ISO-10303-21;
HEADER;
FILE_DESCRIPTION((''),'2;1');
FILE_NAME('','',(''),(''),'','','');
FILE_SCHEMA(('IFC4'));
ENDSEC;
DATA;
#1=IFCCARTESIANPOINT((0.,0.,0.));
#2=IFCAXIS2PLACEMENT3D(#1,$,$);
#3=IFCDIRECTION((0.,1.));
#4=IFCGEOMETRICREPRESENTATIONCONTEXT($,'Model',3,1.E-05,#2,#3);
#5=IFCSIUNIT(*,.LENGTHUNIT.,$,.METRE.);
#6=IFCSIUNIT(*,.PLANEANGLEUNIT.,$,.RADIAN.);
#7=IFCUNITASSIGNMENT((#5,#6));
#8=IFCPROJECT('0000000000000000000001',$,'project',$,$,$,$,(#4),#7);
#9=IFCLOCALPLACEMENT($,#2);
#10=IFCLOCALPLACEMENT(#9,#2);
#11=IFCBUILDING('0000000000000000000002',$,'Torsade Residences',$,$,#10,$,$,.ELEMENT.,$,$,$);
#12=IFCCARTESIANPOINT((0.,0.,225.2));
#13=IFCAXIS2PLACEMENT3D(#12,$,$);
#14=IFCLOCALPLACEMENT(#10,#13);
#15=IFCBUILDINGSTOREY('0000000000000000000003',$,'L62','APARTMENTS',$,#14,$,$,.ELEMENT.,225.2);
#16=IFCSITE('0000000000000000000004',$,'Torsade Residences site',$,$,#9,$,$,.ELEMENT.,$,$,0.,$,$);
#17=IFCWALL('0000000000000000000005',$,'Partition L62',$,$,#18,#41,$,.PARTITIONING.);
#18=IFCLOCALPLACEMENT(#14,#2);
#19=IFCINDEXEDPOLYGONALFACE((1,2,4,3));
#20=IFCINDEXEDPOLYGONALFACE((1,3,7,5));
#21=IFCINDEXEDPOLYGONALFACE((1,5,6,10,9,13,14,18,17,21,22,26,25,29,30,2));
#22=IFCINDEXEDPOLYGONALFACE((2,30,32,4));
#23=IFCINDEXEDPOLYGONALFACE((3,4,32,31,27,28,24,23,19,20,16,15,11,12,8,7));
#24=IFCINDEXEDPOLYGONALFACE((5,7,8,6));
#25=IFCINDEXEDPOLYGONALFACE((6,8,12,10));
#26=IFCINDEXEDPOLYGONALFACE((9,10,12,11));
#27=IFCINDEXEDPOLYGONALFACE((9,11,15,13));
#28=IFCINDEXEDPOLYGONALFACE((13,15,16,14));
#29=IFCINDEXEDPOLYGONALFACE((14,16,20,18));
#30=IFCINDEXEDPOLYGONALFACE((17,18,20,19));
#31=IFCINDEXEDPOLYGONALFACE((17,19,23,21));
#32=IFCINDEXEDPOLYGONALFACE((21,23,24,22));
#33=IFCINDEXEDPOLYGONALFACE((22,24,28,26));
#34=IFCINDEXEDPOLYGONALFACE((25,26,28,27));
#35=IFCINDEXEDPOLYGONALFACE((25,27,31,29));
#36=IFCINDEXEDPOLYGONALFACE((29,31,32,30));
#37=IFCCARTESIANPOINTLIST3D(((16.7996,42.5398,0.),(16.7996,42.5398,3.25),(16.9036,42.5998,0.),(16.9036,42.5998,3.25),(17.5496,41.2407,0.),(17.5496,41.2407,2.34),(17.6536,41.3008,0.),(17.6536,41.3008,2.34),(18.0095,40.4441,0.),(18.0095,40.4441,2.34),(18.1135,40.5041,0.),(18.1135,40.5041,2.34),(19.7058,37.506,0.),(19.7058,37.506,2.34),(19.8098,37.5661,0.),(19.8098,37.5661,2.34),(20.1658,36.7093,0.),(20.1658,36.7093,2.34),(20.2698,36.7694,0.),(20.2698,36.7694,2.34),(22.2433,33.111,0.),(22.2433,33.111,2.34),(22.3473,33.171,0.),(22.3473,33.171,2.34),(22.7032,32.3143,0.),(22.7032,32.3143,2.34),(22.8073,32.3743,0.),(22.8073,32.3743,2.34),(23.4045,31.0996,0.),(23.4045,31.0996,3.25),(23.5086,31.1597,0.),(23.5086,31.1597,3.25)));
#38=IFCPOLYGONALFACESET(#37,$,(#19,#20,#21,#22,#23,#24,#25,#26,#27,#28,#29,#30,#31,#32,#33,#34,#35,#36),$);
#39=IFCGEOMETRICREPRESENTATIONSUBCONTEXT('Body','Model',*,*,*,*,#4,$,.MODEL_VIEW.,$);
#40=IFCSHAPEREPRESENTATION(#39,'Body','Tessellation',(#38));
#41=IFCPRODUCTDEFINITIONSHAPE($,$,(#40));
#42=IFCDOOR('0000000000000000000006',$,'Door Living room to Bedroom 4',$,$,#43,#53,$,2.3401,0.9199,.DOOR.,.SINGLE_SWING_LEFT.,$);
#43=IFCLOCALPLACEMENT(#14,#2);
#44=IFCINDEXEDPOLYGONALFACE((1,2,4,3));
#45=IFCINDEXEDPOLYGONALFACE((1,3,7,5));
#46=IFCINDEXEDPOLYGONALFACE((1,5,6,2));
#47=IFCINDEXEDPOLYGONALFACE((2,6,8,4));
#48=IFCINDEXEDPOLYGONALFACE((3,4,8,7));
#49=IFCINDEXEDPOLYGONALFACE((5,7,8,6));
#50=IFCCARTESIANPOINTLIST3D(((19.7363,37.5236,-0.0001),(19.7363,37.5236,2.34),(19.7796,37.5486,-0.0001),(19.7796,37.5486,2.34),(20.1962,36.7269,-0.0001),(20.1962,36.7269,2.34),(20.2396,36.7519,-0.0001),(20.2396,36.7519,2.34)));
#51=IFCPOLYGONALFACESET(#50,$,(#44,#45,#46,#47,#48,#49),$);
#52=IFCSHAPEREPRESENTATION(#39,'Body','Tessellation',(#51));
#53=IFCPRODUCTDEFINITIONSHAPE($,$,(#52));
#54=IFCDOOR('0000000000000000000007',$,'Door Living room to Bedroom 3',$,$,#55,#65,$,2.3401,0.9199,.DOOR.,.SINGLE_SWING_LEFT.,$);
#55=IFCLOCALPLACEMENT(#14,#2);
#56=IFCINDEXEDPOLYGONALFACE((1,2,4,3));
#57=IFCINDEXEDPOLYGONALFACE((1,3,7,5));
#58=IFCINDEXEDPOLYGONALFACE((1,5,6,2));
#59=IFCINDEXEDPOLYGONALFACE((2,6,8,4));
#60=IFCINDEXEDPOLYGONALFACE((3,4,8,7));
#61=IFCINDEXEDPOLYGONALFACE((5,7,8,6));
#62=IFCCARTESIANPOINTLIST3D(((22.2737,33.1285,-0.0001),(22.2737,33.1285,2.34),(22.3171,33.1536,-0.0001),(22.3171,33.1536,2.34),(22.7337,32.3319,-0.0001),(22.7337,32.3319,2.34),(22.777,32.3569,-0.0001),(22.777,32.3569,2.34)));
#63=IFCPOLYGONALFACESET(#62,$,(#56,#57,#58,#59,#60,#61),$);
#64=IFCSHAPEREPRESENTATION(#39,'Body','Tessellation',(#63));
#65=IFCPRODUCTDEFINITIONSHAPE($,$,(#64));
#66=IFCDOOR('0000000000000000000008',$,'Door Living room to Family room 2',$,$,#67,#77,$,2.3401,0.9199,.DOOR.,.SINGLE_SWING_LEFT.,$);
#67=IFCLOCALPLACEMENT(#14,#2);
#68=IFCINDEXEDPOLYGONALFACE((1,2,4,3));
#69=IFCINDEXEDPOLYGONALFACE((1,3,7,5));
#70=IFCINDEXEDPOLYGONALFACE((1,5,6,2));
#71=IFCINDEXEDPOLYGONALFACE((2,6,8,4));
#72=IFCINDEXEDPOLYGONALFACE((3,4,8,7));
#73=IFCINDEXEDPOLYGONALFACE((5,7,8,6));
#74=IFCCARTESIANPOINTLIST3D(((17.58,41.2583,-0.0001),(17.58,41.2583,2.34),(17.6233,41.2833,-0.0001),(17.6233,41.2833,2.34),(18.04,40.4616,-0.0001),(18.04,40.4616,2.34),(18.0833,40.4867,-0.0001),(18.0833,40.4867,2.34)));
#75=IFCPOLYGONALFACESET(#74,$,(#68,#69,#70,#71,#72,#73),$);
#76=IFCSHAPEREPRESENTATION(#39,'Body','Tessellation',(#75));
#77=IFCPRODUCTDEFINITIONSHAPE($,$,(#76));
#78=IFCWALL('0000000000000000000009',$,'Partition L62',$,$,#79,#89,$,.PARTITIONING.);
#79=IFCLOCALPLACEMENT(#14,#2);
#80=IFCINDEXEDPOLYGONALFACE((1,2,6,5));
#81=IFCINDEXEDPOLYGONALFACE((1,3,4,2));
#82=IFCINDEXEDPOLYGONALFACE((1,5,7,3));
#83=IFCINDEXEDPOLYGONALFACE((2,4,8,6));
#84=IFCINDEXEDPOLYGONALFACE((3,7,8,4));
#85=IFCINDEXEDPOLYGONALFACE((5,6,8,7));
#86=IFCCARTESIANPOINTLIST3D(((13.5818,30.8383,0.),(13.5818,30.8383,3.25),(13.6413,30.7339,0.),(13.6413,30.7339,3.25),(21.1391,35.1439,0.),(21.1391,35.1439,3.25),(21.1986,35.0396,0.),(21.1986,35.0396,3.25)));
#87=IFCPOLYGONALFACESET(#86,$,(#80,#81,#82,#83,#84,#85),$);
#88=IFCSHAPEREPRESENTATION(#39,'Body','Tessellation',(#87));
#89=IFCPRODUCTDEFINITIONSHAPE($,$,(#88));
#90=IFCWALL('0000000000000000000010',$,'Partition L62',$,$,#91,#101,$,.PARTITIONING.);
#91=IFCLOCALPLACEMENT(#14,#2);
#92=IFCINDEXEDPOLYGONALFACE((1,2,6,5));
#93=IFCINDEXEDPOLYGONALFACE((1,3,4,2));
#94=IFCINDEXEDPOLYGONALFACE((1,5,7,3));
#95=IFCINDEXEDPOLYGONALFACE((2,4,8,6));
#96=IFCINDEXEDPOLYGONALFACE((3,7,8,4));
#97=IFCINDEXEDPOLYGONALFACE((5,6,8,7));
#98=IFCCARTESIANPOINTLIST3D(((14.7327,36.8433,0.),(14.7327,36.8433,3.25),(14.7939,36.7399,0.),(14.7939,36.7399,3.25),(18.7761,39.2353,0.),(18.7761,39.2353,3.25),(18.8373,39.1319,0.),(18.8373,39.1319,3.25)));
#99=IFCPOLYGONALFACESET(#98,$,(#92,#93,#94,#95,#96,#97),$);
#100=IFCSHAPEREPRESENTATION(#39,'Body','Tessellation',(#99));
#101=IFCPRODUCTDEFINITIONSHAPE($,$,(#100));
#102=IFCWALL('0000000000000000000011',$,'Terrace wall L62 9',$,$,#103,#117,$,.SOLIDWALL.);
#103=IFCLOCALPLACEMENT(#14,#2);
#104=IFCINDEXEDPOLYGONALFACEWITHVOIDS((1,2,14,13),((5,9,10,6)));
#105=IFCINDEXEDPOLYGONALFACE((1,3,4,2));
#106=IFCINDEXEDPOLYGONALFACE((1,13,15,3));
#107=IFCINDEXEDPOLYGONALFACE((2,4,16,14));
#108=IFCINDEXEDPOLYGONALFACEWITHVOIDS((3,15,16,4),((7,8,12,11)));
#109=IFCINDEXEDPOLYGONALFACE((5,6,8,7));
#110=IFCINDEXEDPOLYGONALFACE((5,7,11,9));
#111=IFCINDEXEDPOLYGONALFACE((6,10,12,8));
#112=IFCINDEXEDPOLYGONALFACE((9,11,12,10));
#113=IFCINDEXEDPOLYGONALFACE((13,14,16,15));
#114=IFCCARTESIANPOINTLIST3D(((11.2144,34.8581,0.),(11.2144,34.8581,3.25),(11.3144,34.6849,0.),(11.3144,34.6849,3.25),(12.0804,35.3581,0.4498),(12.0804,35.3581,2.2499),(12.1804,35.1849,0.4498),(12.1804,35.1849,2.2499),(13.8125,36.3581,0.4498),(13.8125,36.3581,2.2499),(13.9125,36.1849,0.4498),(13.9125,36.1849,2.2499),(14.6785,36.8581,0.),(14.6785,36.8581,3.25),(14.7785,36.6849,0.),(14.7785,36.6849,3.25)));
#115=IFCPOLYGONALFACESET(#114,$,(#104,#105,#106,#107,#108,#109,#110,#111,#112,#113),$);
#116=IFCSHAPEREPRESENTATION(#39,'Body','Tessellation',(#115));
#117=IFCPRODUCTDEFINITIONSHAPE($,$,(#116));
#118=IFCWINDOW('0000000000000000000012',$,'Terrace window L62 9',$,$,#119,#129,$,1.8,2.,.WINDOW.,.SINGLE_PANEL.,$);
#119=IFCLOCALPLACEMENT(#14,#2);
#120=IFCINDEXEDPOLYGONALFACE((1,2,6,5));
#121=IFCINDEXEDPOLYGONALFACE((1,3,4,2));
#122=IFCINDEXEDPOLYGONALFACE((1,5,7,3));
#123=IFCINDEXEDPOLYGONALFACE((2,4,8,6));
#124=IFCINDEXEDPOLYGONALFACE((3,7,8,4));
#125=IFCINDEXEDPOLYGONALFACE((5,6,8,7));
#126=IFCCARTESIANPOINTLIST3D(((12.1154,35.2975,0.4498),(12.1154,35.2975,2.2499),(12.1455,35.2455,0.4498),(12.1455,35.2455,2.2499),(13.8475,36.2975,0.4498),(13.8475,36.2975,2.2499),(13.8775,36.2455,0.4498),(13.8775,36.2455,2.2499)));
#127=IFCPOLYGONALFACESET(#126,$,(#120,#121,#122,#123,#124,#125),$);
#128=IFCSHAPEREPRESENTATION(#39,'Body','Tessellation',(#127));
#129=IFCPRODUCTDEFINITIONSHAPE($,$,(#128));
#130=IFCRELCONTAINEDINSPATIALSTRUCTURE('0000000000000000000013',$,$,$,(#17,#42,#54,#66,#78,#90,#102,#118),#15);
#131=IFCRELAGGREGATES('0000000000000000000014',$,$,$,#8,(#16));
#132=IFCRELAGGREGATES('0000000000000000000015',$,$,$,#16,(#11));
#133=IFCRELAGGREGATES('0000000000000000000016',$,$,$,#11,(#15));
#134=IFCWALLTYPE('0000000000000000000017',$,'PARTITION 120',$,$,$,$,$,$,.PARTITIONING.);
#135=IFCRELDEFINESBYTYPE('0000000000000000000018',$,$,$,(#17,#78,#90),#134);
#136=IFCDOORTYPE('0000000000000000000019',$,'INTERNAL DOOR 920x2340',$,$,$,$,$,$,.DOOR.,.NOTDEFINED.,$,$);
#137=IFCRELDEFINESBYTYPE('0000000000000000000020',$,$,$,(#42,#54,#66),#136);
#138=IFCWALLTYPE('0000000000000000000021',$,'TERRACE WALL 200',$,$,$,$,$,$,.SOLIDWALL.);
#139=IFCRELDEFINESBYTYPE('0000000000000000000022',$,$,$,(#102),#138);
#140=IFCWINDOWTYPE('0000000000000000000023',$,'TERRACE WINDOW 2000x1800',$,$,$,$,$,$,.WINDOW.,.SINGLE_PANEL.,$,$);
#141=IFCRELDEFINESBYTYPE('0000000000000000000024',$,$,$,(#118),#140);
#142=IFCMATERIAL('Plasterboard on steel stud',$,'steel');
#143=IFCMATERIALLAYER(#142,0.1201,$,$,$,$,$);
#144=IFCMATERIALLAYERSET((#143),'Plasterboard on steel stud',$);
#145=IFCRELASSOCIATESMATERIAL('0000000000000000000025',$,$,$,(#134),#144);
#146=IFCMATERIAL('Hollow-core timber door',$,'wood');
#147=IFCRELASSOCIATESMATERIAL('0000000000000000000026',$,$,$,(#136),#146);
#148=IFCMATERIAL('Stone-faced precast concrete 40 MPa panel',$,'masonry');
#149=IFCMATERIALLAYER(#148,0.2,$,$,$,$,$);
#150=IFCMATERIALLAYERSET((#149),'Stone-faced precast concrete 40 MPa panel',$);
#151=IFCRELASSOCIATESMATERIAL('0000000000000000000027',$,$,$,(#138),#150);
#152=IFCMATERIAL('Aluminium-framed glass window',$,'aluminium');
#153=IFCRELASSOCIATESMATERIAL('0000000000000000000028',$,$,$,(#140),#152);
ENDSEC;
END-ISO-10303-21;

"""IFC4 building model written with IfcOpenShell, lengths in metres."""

from ifc_helpers import new_model, si_unit, direction, frame, frame_2d, origin, place, context, subcontext, project, spatial, rectangle, extrude, material, layer, layer_set, type_object, element, fill, save


model = new_model("IFC4")

# Units and contexts
model_context = context("Model", 3, precision=1e-05, world=origin(), true_north=direction((0.0, 1.0)))
body_context = subcontext(model_context, "Body", "Model", "MODEL_VIEW")
ifc_project = project(units=[si_unit("LENGTHUNIT", "METRE"), si_unit("PLANEANGLEUNIT", "RADIAN")], contexts=[model_context])

# Site, building, storey
site_placement = place(None, origin())
site = spatial("IfcSite", under=ifc_project, at=site_placement, Name="Torsade Residences site", CompositionType="ELEMENT", RefElevation=0.0)
building_placement = place(site_placement, origin())
building = spatial("IfcBuilding", under=site, at=building_placement, Name="Torsade Residences", CompositionType="ELEMENT")
storey_placement = place(building_placement, frame((0.0, 0.0, 225.2)))
storey = spatial("IfcBuildingStorey", under=building, at=storey_placement, Name="L62", Description="APARTMENTS", CompositionType="ELEMENT", Elevation=225.2)

# Shared definitions
ifc_material_1 = material(Name="Plasterboard on steel stud", Category="steel")
ifc_layer_1 = layer(ifc_material_1, 0.1201)
ifc_layer_set_1 = layer_set([ifc_layer_1], Name="Plasterboard on steel stud")
wall_type_1 = type_object("IfcWallType", Name="PARTITION 120", PredefinedType="PARTITIONING", material=ifc_layer_set_1)
ifc_material_2 = material(Name="Hollow-core timber door", Category="wood")
door_type = type_object("IfcDoorType", Name="INTERNAL DOOR 920x2340", OperationType="NOTDEFINED", PredefinedType="DOOR", material=ifc_material_2)

# Wall, openings, doors
wall_1_placement = place(storey_placement, frame((23.4565, 31.1296, 0.0), z_axis=(0.0, 0.0, 1.0), x_axis=(-0.499999, 0.866026, 0.0)))
wall_1 = element("IfcWall", 1, at=wall_1_placement, inside=storey, type_object=wall_type_1, Name="Partition L62", PredefinedType="PARTITIONING", context=body_context, shape_type="SweptSolid", body=[
    extrude(rectangle(XDim=13.21, YDim=0.1201, at=frame_2d((6.605, 0.0))), origin(), (0.0, 0.0, 1.0), 3.25),
])
opening_1_placement = place(wall_1_placement, frame((6.4775, 0.0, 0.0)))
opening_1 = element("IfcOpeningElement", 2, at=opening_1_placement, cuts=wall_1, PredefinedType="OPENING", context=body_context, shape_type="SweptSolid", body=[
    extrude(rectangle(XDim=0.9199, YDim=2.3401, at=frame_2d((0.46, 1.1699))), frame((0.0, 0.0701, 0.0), z_axis=(0.0, -1.0, 0.0), x_axis=(1.0, 0.0, 0.0)), (0.0, 0.0, 1.0), 0.1401),
])
opening_2_placement = place(wall_1_placement, frame((1.4026, 0.0, 0.0)))
opening_2 = element("IfcOpeningElement", 3, at=opening_2_placement, cuts=wall_1, PredefinedType="OPENING", context=body_context, shape_type="SweptSolid", body=[
    extrude(rectangle(XDim=0.9199, YDim=2.3401, at=frame_2d((0.46, 1.1699))), frame((0.0, 0.0701, 0.0), z_axis=(0.0, -1.0, 0.0), x_axis=(1.0, 0.0, 0.0)), (0.0, 0.0, 1.0), 0.1401),
])
opening_3_placement = place(wall_1_placement, frame((10.79, 0.0, 0.0)))
opening_3 = element("IfcOpeningElement", 4, at=opening_3_placement, cuts=wall_1, PredefinedType="OPENING", context=body_context, shape_type="SweptSolid", body=[
    extrude(rectangle(XDim=0.9199, YDim=2.3401, at=frame_2d((0.46, 1.1699))), frame((0.0, 0.0701, 0.0), z_axis=(0.0, -1.0, 0.0), x_axis=(1.0, 0.0, 0.0)), (0.0, 0.0, 1.0), 0.1401),
])
door_1_placement = place(opening_1_placement, origin())
door_1 = element("IfcDoor", 5, at=door_1_placement, inside=storey, type_object=door_type, Name="Door Living room to Bedroom 4", OperationType="SINGLE_SWING_LEFT", OverallHeight=2.3401, OverallWidth=0.9199, PredefinedType="DOOR", context=body_context, shape_type="SweptSolid", body=[
    extrude(rectangle(XDim=0.9199, YDim=2.3401, at=frame_2d((0.46, 1.1699))), frame((0.0, 0.0249, 0.0), z_axis=(0.0, -1.0, 0.0), x_axis=(1.0, 0.0, 0.0)), (0.0, 0.0, 1.0), 0.05),
])
fill(opening_1, door_1)
door_2_placement = place(opening_2_placement, origin())
door_2 = element("IfcDoor", 6, at=door_2_placement, inside=storey, type_object=door_type, Name="Door Living room to Bedroom 3", OperationType="SINGLE_SWING_LEFT", OverallHeight=2.3401, OverallWidth=0.9199, PredefinedType="DOOR", context=body_context, shape_type="SweptSolid", body=[
    extrude(rectangle(XDim=0.9199, YDim=2.3401, at=frame_2d((0.46, 1.1699))), frame((0.0, 0.0249, 0.0), z_axis=(0.0, -1.0, 0.0), x_axis=(1.0, 0.0, 0.0)), (0.0, 0.0, 1.0), 0.05),
])
fill(opening_2, door_2)
door_3_placement = place(opening_3_placement, origin())
door_3 = element("IfcDoor", 7, at=door_3_placement, inside=storey, type_object=door_type, Name="Door Living room to Family room 2", OperationType="SINGLE_SWING_LEFT", OverallHeight=2.3401, OverallWidth=0.9199, PredefinedType="DOOR", context=body_context, shape_type="SweptSolid", body=[
    extrude(rectangle(XDim=0.9199, YDim=2.3401, at=frame_2d((0.46, 1.1699))), frame((0.0, 0.0249, 0.0), z_axis=(0.0, -1.0, 0.0), x_axis=(1.0, 0.0, 0.0)), (0.0, 0.0, 1.0), 0.05),
])
fill(opening_3, door_3)

# Walls
wall_2_placement = place(storey_placement, frame((13.6116, 30.7861, 0.0), z_axis=(0.0, 0.0, 1.0), x_axis=(0.868878, 0.495026, 0.0)))
element("IfcWall", 8, at=wall_2_placement, inside=storey, type_object=wall_type_1, Name="Partition L62", PredefinedType="PARTITIONING", context=body_context, shape_type="SweptSolid", body=[
    extrude(rectangle(XDim=8.6978, YDim=0.1201, at=frame_2d((4.3489, 0.0))), origin(), (0.0, 0.0, 1.0), 3.25),
])
wall_3_placement = place(storey_placement, frame((14.7632, 36.7915, 0.0), z_axis=(0.0, 0.0, 1.0), x_axis=(0.860668, 0.509167, 0.0)))
element("IfcWall", 9, at=wall_3_placement, inside=storey, type_object=wall_type_1, Name="Partition L62", PredefinedType="PARTITIONING", context=body_context, shape_type="SweptSolid", body=[
    extrude(rectangle(XDim=4.698, YDim=0.1201, at=frame_2d((2.3491, 0.0))), origin(), (0.0, 0.0, 1.0), 3.25),
])

# Wall, opening, window
ifc_material_3 = material(Name="Stone-faced precast concrete 40 MPa panel", Category="masonry")
ifc_layer_2 = layer(ifc_material_3, 0.2)
ifc_layer_set_2 = layer_set([ifc_layer_2], Name="Stone-faced precast concrete 40 MPa panel")
wall_type_2 = type_object("IfcWallType", Name="TERRACE WALL 200", PredefinedType="SOLIDWALL", material=ifc_layer_set_2)
wall_4_placement = place(storey_placement, frame((14.7285, 36.7715, 0.0), z_axis=(0.0, 0.0, 1.0), x_axis=(-0.866026, -0.499999, 0.0)))
wall_4 = element("IfcWall", 10, at=wall_4_placement, inside=storey, type_object=wall_type_2, Name="Terrace wall L62 9", PredefinedType="SOLIDWALL", context=body_context, shape_type="SweptSolid", body=[
    extrude(rectangle(XDim=4.0, YDim=0.2, at=frame_2d((2.0, 0.0))), origin(), (0.0, 0.0, 1.0), 3.25),
])
opening_4_placement = place(wall_4_placement, frame((1.0, 0.0, 0.45)))
opening_4 = element("IfcOpeningElement", 11, at=opening_4_placement, cuts=wall_4, PredefinedType="OPENING", context=body_context, shape_type="SweptSolid", body=[
    extrude(rectangle(XDim=2.0, YDim=1.8, at=frame_2d((1.0, 0.8999))), frame((0.0, 0.1099, 0.0), z_axis=(0.0, -1.0, 0.0), x_axis=(1.0, 0.0, 0.0)), (0.0, 0.0, 1.0), 0.22),
])
ifc_material_4 = material(Name="Aluminium-framed glass window", Category="aluminium")
window_type = type_object("IfcWindowType", Name="TERRACE WINDOW 2000x1800", PartitioningType="SINGLE_PANEL", PredefinedType="WINDOW", material=ifc_material_4)
window_placement = place(opening_4_placement, origin())
window = element("IfcWindow", 12, at=window_placement, inside=storey, type_object=window_type, Name="Terrace window L62 9", OverallHeight=1.8, OverallWidth=2.0, PartitioningType="SINGLE_PANEL", PredefinedType="WINDOW", context=body_context, shape_type="SweptSolid", body=[
    extrude(rectangle(XDim=2.0, YDim=1.8, at=frame_2d((1.0, 0.8999))), frame((0.0, 0.03, 0.0), z_axis=(0.0, -1.0, 0.0), x_axis=(1.0, 0.0, 0.0)), (0.0, 0.0, 1.0), 0.0601),
])
fill(opening_4, window)

save(model, "model.ifc")
